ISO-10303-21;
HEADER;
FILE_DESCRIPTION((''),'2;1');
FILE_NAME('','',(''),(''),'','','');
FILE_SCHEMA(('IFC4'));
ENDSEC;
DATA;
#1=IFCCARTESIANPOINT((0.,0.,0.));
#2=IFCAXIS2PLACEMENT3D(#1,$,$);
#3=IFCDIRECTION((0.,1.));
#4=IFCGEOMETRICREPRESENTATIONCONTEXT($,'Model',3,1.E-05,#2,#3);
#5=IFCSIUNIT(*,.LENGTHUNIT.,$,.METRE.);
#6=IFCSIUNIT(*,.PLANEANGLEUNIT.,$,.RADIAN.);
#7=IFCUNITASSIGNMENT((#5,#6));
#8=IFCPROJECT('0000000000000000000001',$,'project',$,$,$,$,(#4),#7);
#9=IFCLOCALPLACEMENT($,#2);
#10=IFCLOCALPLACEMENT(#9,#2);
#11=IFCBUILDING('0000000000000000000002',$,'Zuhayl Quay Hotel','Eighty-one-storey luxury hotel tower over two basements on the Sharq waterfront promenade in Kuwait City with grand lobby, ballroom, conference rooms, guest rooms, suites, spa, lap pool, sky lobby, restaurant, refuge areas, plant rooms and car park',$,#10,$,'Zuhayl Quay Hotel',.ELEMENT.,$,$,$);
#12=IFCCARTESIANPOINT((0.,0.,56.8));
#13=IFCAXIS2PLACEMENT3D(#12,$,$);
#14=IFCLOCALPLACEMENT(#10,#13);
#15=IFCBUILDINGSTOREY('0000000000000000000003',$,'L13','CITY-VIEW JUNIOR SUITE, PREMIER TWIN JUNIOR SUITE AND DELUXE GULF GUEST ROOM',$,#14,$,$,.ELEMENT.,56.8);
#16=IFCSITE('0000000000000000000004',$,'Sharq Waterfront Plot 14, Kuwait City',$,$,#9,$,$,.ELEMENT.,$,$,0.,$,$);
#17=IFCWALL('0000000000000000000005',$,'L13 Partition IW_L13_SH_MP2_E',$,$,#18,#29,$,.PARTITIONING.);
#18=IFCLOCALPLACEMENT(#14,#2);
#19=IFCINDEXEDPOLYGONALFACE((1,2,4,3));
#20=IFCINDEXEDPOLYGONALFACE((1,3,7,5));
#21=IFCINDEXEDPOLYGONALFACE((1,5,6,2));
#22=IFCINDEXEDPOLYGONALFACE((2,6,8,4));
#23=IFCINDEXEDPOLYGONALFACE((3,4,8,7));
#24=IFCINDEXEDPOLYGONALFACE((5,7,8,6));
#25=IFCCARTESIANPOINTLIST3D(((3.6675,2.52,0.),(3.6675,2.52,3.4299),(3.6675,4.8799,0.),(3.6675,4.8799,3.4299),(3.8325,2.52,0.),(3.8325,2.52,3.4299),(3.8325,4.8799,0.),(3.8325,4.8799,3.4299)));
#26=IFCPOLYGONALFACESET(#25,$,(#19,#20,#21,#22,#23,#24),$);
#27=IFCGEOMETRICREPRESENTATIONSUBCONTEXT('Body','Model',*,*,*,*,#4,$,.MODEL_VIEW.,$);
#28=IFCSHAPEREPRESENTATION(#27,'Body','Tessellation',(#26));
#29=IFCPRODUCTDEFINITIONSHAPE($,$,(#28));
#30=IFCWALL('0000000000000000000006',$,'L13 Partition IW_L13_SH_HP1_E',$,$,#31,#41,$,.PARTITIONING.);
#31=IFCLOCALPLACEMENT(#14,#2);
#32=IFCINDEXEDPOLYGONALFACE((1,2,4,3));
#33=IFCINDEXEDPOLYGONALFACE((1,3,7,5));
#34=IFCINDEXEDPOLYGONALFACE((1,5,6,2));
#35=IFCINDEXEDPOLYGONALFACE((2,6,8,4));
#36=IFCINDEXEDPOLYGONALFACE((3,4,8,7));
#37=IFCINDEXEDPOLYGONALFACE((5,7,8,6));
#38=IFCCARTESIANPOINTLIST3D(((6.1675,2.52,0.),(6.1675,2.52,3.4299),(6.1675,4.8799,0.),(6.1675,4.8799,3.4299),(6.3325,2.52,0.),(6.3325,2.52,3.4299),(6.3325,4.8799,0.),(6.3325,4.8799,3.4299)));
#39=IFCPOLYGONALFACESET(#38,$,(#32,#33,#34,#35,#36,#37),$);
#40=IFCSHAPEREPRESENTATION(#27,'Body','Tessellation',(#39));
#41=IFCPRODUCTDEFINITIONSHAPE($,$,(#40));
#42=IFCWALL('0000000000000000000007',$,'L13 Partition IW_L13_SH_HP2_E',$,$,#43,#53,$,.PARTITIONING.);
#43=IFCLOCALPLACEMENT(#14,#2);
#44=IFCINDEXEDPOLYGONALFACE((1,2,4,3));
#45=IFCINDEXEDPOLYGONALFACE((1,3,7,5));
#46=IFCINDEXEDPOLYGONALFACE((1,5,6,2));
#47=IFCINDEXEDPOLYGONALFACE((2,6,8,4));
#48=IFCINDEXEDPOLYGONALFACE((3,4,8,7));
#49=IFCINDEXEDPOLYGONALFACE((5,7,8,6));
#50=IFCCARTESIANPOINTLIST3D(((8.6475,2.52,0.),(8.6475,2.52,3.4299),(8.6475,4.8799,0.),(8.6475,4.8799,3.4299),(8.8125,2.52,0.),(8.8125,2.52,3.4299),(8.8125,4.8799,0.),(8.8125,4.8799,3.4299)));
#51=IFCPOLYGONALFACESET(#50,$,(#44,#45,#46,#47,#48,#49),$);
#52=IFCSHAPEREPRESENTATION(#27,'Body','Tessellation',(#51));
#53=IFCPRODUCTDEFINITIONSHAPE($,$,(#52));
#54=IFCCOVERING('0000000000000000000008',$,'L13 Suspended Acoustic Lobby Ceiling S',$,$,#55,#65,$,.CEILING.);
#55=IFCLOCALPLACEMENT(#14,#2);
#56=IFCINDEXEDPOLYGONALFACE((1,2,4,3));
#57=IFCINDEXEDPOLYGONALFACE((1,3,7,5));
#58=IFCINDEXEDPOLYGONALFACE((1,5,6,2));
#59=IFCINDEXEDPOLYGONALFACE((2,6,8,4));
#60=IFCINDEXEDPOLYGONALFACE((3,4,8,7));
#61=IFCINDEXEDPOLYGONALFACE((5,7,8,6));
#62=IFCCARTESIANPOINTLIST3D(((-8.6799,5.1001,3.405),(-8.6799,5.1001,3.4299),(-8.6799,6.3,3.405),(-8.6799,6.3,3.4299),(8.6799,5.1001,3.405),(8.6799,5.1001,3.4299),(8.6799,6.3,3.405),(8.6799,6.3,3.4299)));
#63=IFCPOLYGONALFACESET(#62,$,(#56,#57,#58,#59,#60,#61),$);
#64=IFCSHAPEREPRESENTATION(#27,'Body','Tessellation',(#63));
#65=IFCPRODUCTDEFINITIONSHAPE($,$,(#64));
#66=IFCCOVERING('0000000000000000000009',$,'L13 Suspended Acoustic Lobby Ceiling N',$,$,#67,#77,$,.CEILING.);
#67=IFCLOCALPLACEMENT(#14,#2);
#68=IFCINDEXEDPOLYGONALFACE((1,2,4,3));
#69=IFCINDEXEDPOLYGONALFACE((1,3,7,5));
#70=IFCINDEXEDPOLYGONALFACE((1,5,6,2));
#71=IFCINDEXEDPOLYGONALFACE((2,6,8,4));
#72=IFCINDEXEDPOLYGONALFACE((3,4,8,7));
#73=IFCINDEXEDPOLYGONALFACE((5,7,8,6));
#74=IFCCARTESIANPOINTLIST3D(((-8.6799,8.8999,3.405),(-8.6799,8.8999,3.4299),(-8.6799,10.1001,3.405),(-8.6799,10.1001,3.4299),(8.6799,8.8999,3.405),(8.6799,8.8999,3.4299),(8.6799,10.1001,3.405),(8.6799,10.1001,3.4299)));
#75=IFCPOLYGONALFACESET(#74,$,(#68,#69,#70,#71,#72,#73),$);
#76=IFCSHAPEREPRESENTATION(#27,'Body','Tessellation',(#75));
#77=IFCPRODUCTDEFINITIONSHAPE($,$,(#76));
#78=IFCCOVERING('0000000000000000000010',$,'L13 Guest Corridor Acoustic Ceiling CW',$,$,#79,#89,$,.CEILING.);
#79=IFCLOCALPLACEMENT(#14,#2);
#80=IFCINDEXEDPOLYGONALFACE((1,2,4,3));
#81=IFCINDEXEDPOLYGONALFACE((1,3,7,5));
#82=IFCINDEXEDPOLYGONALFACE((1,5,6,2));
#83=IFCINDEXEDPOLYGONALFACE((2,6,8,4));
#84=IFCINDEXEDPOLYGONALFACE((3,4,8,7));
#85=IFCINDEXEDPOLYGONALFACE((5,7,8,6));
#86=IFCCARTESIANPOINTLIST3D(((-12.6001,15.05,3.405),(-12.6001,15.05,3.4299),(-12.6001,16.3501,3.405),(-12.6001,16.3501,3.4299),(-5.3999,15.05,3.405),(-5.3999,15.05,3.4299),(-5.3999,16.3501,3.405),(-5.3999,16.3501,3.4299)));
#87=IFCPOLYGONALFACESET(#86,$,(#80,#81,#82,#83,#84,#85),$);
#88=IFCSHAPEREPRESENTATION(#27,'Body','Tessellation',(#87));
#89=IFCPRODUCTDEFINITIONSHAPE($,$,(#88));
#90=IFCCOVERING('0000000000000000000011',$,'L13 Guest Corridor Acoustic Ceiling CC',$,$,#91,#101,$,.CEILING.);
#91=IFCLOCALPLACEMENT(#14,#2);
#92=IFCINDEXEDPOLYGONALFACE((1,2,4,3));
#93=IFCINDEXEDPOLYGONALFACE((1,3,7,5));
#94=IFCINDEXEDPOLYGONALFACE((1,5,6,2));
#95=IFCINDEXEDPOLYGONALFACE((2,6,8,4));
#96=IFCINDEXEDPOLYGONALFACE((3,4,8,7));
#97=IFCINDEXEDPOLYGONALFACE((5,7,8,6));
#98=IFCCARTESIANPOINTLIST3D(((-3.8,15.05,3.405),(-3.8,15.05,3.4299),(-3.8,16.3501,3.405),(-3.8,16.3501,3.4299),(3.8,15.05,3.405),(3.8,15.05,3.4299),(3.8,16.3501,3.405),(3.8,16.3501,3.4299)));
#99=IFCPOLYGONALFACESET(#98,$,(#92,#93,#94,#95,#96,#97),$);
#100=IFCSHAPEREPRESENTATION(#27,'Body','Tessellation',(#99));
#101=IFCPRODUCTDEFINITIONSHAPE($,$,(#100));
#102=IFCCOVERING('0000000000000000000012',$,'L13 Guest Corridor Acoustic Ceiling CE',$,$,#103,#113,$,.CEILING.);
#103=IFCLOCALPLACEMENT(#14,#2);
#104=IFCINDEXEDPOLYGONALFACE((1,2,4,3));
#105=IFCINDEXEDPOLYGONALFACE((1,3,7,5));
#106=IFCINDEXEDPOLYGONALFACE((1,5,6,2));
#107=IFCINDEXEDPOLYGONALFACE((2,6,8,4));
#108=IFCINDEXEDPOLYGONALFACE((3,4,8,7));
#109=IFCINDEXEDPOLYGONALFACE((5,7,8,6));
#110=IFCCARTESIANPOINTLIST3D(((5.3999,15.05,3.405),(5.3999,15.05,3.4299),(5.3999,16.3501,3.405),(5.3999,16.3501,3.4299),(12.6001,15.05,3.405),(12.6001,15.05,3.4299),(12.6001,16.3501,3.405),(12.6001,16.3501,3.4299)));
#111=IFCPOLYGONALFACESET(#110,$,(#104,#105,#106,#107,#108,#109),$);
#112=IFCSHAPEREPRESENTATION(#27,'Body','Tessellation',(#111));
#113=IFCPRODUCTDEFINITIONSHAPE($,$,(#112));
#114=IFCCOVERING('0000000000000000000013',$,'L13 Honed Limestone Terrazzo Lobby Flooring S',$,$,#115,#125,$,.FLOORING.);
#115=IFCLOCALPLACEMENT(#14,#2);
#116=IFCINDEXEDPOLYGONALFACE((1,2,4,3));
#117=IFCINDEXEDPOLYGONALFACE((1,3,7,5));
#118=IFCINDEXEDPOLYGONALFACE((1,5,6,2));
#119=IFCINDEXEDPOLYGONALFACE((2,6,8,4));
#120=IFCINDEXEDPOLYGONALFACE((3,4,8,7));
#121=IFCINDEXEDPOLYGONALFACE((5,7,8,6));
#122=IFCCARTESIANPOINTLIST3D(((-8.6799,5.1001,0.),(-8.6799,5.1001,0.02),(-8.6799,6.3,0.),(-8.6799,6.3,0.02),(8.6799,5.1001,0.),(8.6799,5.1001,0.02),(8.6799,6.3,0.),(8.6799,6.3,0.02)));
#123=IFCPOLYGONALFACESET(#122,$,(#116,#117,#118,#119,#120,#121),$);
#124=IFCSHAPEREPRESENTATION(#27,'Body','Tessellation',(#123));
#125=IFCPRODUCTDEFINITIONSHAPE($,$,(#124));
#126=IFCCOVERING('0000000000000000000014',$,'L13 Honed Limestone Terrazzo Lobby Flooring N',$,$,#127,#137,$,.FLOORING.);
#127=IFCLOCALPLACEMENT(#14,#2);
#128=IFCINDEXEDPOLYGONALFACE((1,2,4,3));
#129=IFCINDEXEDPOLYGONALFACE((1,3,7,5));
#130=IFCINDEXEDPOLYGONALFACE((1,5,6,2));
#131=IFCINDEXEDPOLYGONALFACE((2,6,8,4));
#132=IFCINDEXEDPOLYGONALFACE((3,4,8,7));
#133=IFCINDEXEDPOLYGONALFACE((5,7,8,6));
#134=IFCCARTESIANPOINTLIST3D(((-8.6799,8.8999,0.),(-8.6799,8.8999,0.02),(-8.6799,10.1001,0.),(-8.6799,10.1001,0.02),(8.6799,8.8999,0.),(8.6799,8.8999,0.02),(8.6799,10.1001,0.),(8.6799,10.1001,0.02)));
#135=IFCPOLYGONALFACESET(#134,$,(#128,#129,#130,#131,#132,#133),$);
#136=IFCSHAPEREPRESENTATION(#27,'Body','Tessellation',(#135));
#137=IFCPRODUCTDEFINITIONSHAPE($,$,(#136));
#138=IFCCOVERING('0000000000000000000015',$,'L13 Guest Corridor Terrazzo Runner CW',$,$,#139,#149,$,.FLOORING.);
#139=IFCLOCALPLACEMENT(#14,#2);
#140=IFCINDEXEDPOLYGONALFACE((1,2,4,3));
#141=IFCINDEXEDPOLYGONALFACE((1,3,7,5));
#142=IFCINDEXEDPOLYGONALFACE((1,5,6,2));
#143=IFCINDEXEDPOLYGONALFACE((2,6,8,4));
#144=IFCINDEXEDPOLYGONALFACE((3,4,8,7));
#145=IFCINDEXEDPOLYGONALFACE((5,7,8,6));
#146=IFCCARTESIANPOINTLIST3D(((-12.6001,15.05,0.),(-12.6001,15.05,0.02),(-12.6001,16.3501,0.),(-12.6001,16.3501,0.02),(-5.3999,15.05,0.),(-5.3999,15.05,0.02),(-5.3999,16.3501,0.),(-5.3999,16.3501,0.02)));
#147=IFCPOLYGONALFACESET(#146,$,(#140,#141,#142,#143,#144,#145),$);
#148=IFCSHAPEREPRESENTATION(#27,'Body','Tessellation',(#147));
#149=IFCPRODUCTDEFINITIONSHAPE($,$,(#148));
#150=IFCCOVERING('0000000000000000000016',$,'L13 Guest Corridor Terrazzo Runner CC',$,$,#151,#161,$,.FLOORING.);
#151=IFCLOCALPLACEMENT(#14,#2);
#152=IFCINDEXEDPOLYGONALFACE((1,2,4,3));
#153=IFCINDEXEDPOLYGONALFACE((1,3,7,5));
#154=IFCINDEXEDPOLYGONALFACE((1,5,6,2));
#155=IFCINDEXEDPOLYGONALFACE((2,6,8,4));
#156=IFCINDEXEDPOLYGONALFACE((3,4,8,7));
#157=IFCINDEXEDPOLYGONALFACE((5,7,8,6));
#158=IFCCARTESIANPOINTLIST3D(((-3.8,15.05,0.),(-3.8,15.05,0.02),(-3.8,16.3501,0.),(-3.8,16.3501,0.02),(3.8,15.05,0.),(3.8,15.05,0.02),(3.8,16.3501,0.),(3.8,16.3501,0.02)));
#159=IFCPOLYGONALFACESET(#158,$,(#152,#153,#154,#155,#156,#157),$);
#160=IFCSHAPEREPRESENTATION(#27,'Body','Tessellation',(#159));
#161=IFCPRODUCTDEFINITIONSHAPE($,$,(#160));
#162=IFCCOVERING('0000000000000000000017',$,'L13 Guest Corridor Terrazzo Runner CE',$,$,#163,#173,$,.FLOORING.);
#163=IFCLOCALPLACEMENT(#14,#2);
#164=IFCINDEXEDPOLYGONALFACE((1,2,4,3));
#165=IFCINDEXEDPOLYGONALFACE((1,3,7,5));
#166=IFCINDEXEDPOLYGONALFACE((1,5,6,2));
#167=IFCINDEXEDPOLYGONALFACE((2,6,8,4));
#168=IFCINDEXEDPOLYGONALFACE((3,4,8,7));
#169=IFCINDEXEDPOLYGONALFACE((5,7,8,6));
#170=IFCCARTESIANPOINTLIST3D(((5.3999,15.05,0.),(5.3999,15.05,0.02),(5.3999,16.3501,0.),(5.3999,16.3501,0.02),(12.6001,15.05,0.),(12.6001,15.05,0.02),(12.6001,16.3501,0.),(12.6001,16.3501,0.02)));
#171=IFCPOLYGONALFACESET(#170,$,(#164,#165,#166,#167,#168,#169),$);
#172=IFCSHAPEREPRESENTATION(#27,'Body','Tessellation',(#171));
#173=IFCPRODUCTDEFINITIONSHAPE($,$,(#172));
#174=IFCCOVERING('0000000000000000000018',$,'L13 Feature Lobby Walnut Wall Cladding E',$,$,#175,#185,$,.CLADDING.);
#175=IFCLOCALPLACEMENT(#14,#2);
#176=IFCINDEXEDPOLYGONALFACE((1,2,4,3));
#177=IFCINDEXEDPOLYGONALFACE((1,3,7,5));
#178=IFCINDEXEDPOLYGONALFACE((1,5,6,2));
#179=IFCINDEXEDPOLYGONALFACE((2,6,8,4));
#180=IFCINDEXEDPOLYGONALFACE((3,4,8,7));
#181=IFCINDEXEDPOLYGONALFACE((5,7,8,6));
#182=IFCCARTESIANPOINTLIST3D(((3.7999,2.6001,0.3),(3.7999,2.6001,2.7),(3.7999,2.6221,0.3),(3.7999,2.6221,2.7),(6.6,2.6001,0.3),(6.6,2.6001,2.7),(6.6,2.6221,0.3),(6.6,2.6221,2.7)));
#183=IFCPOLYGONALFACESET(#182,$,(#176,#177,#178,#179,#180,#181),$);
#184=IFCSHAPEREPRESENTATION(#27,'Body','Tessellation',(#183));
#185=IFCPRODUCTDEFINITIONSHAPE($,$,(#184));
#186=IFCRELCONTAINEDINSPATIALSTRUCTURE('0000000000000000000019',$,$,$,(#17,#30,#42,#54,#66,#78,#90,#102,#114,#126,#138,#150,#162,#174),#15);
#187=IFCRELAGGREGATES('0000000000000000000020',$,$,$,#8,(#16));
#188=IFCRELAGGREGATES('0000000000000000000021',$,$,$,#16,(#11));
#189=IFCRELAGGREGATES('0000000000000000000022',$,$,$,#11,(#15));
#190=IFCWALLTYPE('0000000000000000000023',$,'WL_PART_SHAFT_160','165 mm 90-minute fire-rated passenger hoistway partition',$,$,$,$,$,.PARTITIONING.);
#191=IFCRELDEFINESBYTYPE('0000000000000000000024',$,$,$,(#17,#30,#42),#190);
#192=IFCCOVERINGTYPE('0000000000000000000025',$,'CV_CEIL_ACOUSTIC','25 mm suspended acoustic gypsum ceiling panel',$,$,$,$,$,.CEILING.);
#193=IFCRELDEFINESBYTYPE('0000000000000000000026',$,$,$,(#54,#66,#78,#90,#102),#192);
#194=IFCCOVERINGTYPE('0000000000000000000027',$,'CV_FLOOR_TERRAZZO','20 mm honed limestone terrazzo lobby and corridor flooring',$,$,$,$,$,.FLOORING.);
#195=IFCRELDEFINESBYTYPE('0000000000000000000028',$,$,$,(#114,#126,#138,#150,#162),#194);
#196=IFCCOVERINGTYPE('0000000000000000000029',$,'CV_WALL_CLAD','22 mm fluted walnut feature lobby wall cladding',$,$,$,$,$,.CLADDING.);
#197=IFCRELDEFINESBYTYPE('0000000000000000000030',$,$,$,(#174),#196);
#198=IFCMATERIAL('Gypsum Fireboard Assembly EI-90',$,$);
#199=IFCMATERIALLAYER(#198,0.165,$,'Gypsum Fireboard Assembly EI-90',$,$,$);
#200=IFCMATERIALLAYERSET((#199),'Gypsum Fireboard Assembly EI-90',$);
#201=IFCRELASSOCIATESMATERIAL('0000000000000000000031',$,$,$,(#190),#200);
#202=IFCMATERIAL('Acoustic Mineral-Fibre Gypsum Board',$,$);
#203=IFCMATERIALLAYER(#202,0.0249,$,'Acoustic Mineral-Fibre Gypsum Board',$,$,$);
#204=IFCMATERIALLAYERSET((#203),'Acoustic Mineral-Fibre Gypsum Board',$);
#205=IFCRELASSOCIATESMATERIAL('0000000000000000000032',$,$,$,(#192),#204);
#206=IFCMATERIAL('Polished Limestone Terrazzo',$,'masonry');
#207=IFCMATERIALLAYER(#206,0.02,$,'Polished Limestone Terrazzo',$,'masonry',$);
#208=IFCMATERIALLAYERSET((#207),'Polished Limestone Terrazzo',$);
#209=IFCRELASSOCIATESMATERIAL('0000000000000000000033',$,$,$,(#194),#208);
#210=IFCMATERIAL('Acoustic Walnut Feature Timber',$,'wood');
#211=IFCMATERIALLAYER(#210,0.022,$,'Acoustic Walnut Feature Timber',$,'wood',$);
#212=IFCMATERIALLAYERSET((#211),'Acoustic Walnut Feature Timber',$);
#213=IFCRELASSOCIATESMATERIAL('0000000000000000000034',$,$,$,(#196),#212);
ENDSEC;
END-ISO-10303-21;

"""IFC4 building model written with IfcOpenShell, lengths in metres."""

from ifc_helpers import new_model, si_unit, direction, frame, frame_2d, origin, origin_2d, place, context, subcontext, project, spatial, polyline, rectangle, outline, extrude, material, layer, layer_set, type_object, element, save


model = new_model("IFC4")

# Units and contexts
model_context = context("Model", 3, precision=1e-05, world=origin(), true_north=direction((0.0, 1.0)))
body_context = subcontext(model_context, "Body", "Model", "MODEL_VIEW")
ifc_project = project(units=[si_unit("LENGTHUNIT", "METRE"), si_unit("PLANEANGLEUNIT", "RADIAN")], contexts=[model_context])

# Site, building, storey
site_placement = place(None, origin())
site = spatial("IfcSite", under=ifc_project, at=site_placement, Name="Sharq Waterfront Plot 14, Kuwait City", CompositionType="ELEMENT", RefElevation=0.0)
building_placement = place(site_placement, origin())
building = spatial("IfcBuilding", under=site, at=building_placement, Name="Zuhayl Quay Hotel", Description="Eighty-one-storey luxury hotel tower over two basements on the Sharq waterfront promenade in Kuwait City with grand lobby, ballroom, conference rooms, guest rooms, suites, spa, lap pool, sky lobby, restaurant, refuge areas, plant rooms and car park", LongName="Zuhayl Quay Hotel", CompositionType="ELEMENT")
storey_placement = place(building_placement, frame((0.0, 0.0, 56.8)))
storey = spatial("IfcBuildingStorey", under=building, at=storey_placement, Name="L13", Description="CITY-VIEW JUNIOR SUITE, PREMIER TWIN JUNIOR SUITE AND DELUXE GULF GUEST ROOM", CompositionType="ELEMENT", Elevation=56.8)

# Walls
ifc_material_1 = material(Name="Gypsum Fireboard Assembly EI-90")
ifc_layer_1 = layer(ifc_material_1, 0.165, Name="Gypsum Fireboard Assembly EI-90")
ifc_layer_set_1 = layer_set([ifc_layer_1], Name="Gypsum Fireboard Assembly EI-90")
wall_type_1 = type_object("IfcWallType", Name="WL_PART_SHAFT_160", Description="165 mm 90-minute fire-rated passenger hoistway partition", PredefinedType="PARTITIONING", material=ifc_layer_set_1)
for number, where, z_axis, x_axis, name in (
    (1, (3.75, 2.52, 0.0), (0.0, 0.0, 1.0), (0.0, 1.0, 0.0), "L13 Partition IW_L13_SH_MP2_E"),
    (2, (6.25, 2.52, 0.0), (0.0, 0.0, 1.0), (0.0, 1.0, 0.0), "L13 Partition IW_L13_SH_HP1_E"),
    (3, (8.73, 2.52, 0.0), (0.0, 0.0, 1.0), (0.0, 1.0, 0.0), "L13 Partition IW_L13_SH_HP2_E"),
):
    element("IfcWall", number, at=place(storey_placement, frame(where, z_axis=z_axis, x_axis=x_axis)), inside=storey, type_object=wall_type_1, Name=name, PredefinedType="PARTITIONING", context=body_context, shape_type="SweptSolid", body=[
        extrude(rectangle(XDim=2.3599, YDim=0.165, at=frame_2d((1.1799, 0.0))), origin(), (0.0, 0.0, 1.0), 3.4299),
    ])

# Coverings
ifc_material_2 = material(Name="Acoustic Mineral-Fibre Gypsum Board")
ifc_layer_2 = layer(ifc_material_2, 0.0249, Name="Acoustic Mineral-Fibre Gypsum Board")
ifc_layer_set_2 = layer_set([ifc_layer_2], Name="Acoustic Mineral-Fibre Gypsum Board")
covering_type_1 = type_object("IfcCoveringType", Name="CV_CEIL_ACOUSTIC", Description="25 mm suspended acoustic gypsum ceiling panel", PredefinedType="CEILING", material=ifc_layer_set_2)
covering_1_placement = place(storey_placement, frame((0.0, 0.0, 3.405)))
element("IfcCovering", 4, at=covering_1_placement, inside=storey, type_object=covering_type_1, Name="L13 Suspended Acoustic Lobby Ceiling S", PredefinedType="CEILING", context=body_context, shape_type="SweptSolid", body=[
    extrude(outline(polyline([(-8.6799, 5.1001), (8.6799, 5.1001), (8.6799, 6.3), (-8.6799, 6.3), (-8.6799, 5.1001)])), origin(), (0.0, 0.0, 1.0), 0.0249),
])
covering_2_placement = place(storey_placement, frame((0.0, 0.0, 3.405)))
element("IfcCovering", 5, at=covering_2_placement, inside=storey, type_object=covering_type_1, Name="L13 Suspended Acoustic Lobby Ceiling N", PredefinedType="CEILING", context=body_context, shape_type="SweptSolid", body=[
    extrude(outline(polyline([(-8.6799, 8.8999), (8.6799, 8.8999), (8.6799, 10.1001), (-8.6799, 10.1001), (-8.6799, 8.8999)])), origin(), (0.0, 0.0, 1.0), 0.0249),
])
covering_3_placement = place(storey_placement, frame((0.0, 0.0, 3.405)))
element("IfcCovering", 6, at=covering_3_placement, inside=storey, type_object=covering_type_1, Name="L13 Guest Corridor Acoustic Ceiling CW", PredefinedType="CEILING", context=body_context, shape_type="SweptSolid", body=[
    extrude(outline(polyline([(-12.6001, 15.05), (-5.3999, 15.05), (-5.3999, 16.3501), (-12.6001, 16.3501), (-12.6001, 15.05)])), origin(), (0.0, 0.0, 1.0), 0.0249),
])
covering_4_placement = place(storey_placement, frame((0.0, 0.0, 3.405)))
element("IfcCovering", 7, at=covering_4_placement, inside=storey, type_object=covering_type_1, Name="L13 Guest Corridor Acoustic Ceiling CC", PredefinedType="CEILING", context=body_context, shape_type="SweptSolid", body=[
    extrude(outline(polyline([(-3.8, 15.05), (3.8, 15.05), (3.8, 16.3501), (-3.8, 16.3501), (-3.8, 15.05)])), origin(), (0.0, 0.0, 1.0), 0.0249),
])
covering_5_placement = place(storey_placement, frame((0.0, 0.0, 3.405)))
element("IfcCovering", 8, at=covering_5_placement, inside=storey, type_object=covering_type_1, Name="L13 Guest Corridor Acoustic Ceiling CE", PredefinedType="CEILING", context=body_context, shape_type="SweptSolid", body=[
    extrude(outline(polyline([(5.3999, 15.05), (12.6001, 15.05), (12.6001, 16.3501), (5.3999, 16.3501), (5.3999, 15.05)])), origin(), (0.0, 0.0, 1.0), 0.0249),
])
ifc_material_3 = material(Name="Polished Limestone Terrazzo", Category="masonry")
ifc_layer_3 = layer(ifc_material_3, 0.02, Name="Polished Limestone Terrazzo", Category="masonry")
ifc_layer_set_3 = layer_set([ifc_layer_3], Name="Polished Limestone Terrazzo")
covering_type_2 = type_object("IfcCoveringType", Name="CV_FLOOR_TERRAZZO", Description="20 mm honed limestone terrazzo lobby and corridor flooring", PredefinedType="FLOORING", material=ifc_layer_set_3)
covering_6_placement = place(storey_placement, origin())
element("IfcCovering", 9, at=covering_6_placement, inside=storey, type_object=covering_type_2, Name="L13 Honed Limestone Terrazzo Lobby Flooring S", PredefinedType="FLOORING", context=body_context, shape_type="SweptSolid", body=[
    extrude(outline(polyline([(-8.6799, 5.1001), (8.6799, 5.1001), (8.6799, 6.3), (-8.6799, 6.3), (-8.6799, 5.1001)])), origin(), (0.0, 0.0, 1.0), 0.02),
])
covering_7_placement = place(storey_placement, origin())
element("IfcCovering", 10, at=covering_7_placement, inside=storey, type_object=covering_type_2, Name="L13 Honed Limestone Terrazzo Lobby Flooring N", PredefinedType="FLOORING", context=body_context, shape_type="SweptSolid", body=[
    extrude(outline(polyline([(-8.6799, 8.8999), (8.6799, 8.8999), (8.6799, 10.1001), (-8.6799, 10.1001), (-8.6799, 8.8999)])), origin(), (0.0, 0.0, 1.0), 0.02),
])
covering_8_placement = place(storey_placement, origin())
element("IfcCovering", 11, at=covering_8_placement, inside=storey, type_object=covering_type_2, Name="L13 Guest Corridor Terrazzo Runner CW", PredefinedType="FLOORING", context=body_context, shape_type="SweptSolid", body=[
    extrude(outline(polyline([(-12.6001, 15.05), (-5.3999, 15.05), (-5.3999, 16.3501), (-12.6001, 16.3501), (-12.6001, 15.05)])), origin(), (0.0, 0.0, 1.0), 0.02),
])
covering_9_placement = place(storey_placement, origin())
element("IfcCovering", 12, at=covering_9_placement, inside=storey, type_object=covering_type_2, Name="L13 Guest Corridor Terrazzo Runner CC", PredefinedType="FLOORING", context=body_context, shape_type="SweptSolid", body=[
    extrude(outline(polyline([(-3.8, 15.05), (3.8, 15.05), (3.8, 16.3501), (-3.8, 16.3501), (-3.8, 15.05)])), origin(), (0.0, 0.0, 1.0), 0.02),
])
covering_10_placement = place(storey_placement, origin())
element("IfcCovering", 13, at=covering_10_placement, inside=storey, type_object=covering_type_2, Name="L13 Guest Corridor Terrazzo Runner CE", PredefinedType="FLOORING", context=body_context, shape_type="SweptSolid", body=[
    extrude(outline(polyline([(5.3999, 15.05), (12.6001, 15.05), (12.6001, 16.3501), (5.3999, 16.3501), (5.3999, 15.05)])), origin(), (0.0, 0.0, 1.0), 0.02),
])
ifc_material_4 = material(Name="Acoustic Walnut Feature Timber", Category="wood")
ifc_layer_4 = layer(ifc_material_4, 0.022, Name="Acoustic Walnut Feature Timber", Category="wood")
ifc_layer_set_4 = layer_set([ifc_layer_4], Name="Acoustic Walnut Feature Timber")
covering_type_3 = type_object("IfcCoveringType", Name="CV_WALL_CLAD", Description="22 mm fluted walnut feature lobby wall cladding", PredefinedType="CLADDING", material=ifc_layer_set_4)
covering_11_placement = place(storey_placement, frame((5.2, 2.6111, 0.3), z_axis=(0.0, 0.0, 1.0), x_axis=(1.0, 0.0, 0.0)))
element("IfcCovering", 14, at=covering_11_placement, inside=storey, type_object=covering_type_3, Name="L13 Feature Lobby Walnut Wall Cladding E", PredefinedType="CLADDING", context=body_context, shape_type="SweptSolid", body=[
    extrude(rectangle(XDim=2.8, YDim=0.022, at=origin_2d()), origin(), (0.0, 0.0, 1.0), 2.3999),
])

save(model, "model.ifc")
